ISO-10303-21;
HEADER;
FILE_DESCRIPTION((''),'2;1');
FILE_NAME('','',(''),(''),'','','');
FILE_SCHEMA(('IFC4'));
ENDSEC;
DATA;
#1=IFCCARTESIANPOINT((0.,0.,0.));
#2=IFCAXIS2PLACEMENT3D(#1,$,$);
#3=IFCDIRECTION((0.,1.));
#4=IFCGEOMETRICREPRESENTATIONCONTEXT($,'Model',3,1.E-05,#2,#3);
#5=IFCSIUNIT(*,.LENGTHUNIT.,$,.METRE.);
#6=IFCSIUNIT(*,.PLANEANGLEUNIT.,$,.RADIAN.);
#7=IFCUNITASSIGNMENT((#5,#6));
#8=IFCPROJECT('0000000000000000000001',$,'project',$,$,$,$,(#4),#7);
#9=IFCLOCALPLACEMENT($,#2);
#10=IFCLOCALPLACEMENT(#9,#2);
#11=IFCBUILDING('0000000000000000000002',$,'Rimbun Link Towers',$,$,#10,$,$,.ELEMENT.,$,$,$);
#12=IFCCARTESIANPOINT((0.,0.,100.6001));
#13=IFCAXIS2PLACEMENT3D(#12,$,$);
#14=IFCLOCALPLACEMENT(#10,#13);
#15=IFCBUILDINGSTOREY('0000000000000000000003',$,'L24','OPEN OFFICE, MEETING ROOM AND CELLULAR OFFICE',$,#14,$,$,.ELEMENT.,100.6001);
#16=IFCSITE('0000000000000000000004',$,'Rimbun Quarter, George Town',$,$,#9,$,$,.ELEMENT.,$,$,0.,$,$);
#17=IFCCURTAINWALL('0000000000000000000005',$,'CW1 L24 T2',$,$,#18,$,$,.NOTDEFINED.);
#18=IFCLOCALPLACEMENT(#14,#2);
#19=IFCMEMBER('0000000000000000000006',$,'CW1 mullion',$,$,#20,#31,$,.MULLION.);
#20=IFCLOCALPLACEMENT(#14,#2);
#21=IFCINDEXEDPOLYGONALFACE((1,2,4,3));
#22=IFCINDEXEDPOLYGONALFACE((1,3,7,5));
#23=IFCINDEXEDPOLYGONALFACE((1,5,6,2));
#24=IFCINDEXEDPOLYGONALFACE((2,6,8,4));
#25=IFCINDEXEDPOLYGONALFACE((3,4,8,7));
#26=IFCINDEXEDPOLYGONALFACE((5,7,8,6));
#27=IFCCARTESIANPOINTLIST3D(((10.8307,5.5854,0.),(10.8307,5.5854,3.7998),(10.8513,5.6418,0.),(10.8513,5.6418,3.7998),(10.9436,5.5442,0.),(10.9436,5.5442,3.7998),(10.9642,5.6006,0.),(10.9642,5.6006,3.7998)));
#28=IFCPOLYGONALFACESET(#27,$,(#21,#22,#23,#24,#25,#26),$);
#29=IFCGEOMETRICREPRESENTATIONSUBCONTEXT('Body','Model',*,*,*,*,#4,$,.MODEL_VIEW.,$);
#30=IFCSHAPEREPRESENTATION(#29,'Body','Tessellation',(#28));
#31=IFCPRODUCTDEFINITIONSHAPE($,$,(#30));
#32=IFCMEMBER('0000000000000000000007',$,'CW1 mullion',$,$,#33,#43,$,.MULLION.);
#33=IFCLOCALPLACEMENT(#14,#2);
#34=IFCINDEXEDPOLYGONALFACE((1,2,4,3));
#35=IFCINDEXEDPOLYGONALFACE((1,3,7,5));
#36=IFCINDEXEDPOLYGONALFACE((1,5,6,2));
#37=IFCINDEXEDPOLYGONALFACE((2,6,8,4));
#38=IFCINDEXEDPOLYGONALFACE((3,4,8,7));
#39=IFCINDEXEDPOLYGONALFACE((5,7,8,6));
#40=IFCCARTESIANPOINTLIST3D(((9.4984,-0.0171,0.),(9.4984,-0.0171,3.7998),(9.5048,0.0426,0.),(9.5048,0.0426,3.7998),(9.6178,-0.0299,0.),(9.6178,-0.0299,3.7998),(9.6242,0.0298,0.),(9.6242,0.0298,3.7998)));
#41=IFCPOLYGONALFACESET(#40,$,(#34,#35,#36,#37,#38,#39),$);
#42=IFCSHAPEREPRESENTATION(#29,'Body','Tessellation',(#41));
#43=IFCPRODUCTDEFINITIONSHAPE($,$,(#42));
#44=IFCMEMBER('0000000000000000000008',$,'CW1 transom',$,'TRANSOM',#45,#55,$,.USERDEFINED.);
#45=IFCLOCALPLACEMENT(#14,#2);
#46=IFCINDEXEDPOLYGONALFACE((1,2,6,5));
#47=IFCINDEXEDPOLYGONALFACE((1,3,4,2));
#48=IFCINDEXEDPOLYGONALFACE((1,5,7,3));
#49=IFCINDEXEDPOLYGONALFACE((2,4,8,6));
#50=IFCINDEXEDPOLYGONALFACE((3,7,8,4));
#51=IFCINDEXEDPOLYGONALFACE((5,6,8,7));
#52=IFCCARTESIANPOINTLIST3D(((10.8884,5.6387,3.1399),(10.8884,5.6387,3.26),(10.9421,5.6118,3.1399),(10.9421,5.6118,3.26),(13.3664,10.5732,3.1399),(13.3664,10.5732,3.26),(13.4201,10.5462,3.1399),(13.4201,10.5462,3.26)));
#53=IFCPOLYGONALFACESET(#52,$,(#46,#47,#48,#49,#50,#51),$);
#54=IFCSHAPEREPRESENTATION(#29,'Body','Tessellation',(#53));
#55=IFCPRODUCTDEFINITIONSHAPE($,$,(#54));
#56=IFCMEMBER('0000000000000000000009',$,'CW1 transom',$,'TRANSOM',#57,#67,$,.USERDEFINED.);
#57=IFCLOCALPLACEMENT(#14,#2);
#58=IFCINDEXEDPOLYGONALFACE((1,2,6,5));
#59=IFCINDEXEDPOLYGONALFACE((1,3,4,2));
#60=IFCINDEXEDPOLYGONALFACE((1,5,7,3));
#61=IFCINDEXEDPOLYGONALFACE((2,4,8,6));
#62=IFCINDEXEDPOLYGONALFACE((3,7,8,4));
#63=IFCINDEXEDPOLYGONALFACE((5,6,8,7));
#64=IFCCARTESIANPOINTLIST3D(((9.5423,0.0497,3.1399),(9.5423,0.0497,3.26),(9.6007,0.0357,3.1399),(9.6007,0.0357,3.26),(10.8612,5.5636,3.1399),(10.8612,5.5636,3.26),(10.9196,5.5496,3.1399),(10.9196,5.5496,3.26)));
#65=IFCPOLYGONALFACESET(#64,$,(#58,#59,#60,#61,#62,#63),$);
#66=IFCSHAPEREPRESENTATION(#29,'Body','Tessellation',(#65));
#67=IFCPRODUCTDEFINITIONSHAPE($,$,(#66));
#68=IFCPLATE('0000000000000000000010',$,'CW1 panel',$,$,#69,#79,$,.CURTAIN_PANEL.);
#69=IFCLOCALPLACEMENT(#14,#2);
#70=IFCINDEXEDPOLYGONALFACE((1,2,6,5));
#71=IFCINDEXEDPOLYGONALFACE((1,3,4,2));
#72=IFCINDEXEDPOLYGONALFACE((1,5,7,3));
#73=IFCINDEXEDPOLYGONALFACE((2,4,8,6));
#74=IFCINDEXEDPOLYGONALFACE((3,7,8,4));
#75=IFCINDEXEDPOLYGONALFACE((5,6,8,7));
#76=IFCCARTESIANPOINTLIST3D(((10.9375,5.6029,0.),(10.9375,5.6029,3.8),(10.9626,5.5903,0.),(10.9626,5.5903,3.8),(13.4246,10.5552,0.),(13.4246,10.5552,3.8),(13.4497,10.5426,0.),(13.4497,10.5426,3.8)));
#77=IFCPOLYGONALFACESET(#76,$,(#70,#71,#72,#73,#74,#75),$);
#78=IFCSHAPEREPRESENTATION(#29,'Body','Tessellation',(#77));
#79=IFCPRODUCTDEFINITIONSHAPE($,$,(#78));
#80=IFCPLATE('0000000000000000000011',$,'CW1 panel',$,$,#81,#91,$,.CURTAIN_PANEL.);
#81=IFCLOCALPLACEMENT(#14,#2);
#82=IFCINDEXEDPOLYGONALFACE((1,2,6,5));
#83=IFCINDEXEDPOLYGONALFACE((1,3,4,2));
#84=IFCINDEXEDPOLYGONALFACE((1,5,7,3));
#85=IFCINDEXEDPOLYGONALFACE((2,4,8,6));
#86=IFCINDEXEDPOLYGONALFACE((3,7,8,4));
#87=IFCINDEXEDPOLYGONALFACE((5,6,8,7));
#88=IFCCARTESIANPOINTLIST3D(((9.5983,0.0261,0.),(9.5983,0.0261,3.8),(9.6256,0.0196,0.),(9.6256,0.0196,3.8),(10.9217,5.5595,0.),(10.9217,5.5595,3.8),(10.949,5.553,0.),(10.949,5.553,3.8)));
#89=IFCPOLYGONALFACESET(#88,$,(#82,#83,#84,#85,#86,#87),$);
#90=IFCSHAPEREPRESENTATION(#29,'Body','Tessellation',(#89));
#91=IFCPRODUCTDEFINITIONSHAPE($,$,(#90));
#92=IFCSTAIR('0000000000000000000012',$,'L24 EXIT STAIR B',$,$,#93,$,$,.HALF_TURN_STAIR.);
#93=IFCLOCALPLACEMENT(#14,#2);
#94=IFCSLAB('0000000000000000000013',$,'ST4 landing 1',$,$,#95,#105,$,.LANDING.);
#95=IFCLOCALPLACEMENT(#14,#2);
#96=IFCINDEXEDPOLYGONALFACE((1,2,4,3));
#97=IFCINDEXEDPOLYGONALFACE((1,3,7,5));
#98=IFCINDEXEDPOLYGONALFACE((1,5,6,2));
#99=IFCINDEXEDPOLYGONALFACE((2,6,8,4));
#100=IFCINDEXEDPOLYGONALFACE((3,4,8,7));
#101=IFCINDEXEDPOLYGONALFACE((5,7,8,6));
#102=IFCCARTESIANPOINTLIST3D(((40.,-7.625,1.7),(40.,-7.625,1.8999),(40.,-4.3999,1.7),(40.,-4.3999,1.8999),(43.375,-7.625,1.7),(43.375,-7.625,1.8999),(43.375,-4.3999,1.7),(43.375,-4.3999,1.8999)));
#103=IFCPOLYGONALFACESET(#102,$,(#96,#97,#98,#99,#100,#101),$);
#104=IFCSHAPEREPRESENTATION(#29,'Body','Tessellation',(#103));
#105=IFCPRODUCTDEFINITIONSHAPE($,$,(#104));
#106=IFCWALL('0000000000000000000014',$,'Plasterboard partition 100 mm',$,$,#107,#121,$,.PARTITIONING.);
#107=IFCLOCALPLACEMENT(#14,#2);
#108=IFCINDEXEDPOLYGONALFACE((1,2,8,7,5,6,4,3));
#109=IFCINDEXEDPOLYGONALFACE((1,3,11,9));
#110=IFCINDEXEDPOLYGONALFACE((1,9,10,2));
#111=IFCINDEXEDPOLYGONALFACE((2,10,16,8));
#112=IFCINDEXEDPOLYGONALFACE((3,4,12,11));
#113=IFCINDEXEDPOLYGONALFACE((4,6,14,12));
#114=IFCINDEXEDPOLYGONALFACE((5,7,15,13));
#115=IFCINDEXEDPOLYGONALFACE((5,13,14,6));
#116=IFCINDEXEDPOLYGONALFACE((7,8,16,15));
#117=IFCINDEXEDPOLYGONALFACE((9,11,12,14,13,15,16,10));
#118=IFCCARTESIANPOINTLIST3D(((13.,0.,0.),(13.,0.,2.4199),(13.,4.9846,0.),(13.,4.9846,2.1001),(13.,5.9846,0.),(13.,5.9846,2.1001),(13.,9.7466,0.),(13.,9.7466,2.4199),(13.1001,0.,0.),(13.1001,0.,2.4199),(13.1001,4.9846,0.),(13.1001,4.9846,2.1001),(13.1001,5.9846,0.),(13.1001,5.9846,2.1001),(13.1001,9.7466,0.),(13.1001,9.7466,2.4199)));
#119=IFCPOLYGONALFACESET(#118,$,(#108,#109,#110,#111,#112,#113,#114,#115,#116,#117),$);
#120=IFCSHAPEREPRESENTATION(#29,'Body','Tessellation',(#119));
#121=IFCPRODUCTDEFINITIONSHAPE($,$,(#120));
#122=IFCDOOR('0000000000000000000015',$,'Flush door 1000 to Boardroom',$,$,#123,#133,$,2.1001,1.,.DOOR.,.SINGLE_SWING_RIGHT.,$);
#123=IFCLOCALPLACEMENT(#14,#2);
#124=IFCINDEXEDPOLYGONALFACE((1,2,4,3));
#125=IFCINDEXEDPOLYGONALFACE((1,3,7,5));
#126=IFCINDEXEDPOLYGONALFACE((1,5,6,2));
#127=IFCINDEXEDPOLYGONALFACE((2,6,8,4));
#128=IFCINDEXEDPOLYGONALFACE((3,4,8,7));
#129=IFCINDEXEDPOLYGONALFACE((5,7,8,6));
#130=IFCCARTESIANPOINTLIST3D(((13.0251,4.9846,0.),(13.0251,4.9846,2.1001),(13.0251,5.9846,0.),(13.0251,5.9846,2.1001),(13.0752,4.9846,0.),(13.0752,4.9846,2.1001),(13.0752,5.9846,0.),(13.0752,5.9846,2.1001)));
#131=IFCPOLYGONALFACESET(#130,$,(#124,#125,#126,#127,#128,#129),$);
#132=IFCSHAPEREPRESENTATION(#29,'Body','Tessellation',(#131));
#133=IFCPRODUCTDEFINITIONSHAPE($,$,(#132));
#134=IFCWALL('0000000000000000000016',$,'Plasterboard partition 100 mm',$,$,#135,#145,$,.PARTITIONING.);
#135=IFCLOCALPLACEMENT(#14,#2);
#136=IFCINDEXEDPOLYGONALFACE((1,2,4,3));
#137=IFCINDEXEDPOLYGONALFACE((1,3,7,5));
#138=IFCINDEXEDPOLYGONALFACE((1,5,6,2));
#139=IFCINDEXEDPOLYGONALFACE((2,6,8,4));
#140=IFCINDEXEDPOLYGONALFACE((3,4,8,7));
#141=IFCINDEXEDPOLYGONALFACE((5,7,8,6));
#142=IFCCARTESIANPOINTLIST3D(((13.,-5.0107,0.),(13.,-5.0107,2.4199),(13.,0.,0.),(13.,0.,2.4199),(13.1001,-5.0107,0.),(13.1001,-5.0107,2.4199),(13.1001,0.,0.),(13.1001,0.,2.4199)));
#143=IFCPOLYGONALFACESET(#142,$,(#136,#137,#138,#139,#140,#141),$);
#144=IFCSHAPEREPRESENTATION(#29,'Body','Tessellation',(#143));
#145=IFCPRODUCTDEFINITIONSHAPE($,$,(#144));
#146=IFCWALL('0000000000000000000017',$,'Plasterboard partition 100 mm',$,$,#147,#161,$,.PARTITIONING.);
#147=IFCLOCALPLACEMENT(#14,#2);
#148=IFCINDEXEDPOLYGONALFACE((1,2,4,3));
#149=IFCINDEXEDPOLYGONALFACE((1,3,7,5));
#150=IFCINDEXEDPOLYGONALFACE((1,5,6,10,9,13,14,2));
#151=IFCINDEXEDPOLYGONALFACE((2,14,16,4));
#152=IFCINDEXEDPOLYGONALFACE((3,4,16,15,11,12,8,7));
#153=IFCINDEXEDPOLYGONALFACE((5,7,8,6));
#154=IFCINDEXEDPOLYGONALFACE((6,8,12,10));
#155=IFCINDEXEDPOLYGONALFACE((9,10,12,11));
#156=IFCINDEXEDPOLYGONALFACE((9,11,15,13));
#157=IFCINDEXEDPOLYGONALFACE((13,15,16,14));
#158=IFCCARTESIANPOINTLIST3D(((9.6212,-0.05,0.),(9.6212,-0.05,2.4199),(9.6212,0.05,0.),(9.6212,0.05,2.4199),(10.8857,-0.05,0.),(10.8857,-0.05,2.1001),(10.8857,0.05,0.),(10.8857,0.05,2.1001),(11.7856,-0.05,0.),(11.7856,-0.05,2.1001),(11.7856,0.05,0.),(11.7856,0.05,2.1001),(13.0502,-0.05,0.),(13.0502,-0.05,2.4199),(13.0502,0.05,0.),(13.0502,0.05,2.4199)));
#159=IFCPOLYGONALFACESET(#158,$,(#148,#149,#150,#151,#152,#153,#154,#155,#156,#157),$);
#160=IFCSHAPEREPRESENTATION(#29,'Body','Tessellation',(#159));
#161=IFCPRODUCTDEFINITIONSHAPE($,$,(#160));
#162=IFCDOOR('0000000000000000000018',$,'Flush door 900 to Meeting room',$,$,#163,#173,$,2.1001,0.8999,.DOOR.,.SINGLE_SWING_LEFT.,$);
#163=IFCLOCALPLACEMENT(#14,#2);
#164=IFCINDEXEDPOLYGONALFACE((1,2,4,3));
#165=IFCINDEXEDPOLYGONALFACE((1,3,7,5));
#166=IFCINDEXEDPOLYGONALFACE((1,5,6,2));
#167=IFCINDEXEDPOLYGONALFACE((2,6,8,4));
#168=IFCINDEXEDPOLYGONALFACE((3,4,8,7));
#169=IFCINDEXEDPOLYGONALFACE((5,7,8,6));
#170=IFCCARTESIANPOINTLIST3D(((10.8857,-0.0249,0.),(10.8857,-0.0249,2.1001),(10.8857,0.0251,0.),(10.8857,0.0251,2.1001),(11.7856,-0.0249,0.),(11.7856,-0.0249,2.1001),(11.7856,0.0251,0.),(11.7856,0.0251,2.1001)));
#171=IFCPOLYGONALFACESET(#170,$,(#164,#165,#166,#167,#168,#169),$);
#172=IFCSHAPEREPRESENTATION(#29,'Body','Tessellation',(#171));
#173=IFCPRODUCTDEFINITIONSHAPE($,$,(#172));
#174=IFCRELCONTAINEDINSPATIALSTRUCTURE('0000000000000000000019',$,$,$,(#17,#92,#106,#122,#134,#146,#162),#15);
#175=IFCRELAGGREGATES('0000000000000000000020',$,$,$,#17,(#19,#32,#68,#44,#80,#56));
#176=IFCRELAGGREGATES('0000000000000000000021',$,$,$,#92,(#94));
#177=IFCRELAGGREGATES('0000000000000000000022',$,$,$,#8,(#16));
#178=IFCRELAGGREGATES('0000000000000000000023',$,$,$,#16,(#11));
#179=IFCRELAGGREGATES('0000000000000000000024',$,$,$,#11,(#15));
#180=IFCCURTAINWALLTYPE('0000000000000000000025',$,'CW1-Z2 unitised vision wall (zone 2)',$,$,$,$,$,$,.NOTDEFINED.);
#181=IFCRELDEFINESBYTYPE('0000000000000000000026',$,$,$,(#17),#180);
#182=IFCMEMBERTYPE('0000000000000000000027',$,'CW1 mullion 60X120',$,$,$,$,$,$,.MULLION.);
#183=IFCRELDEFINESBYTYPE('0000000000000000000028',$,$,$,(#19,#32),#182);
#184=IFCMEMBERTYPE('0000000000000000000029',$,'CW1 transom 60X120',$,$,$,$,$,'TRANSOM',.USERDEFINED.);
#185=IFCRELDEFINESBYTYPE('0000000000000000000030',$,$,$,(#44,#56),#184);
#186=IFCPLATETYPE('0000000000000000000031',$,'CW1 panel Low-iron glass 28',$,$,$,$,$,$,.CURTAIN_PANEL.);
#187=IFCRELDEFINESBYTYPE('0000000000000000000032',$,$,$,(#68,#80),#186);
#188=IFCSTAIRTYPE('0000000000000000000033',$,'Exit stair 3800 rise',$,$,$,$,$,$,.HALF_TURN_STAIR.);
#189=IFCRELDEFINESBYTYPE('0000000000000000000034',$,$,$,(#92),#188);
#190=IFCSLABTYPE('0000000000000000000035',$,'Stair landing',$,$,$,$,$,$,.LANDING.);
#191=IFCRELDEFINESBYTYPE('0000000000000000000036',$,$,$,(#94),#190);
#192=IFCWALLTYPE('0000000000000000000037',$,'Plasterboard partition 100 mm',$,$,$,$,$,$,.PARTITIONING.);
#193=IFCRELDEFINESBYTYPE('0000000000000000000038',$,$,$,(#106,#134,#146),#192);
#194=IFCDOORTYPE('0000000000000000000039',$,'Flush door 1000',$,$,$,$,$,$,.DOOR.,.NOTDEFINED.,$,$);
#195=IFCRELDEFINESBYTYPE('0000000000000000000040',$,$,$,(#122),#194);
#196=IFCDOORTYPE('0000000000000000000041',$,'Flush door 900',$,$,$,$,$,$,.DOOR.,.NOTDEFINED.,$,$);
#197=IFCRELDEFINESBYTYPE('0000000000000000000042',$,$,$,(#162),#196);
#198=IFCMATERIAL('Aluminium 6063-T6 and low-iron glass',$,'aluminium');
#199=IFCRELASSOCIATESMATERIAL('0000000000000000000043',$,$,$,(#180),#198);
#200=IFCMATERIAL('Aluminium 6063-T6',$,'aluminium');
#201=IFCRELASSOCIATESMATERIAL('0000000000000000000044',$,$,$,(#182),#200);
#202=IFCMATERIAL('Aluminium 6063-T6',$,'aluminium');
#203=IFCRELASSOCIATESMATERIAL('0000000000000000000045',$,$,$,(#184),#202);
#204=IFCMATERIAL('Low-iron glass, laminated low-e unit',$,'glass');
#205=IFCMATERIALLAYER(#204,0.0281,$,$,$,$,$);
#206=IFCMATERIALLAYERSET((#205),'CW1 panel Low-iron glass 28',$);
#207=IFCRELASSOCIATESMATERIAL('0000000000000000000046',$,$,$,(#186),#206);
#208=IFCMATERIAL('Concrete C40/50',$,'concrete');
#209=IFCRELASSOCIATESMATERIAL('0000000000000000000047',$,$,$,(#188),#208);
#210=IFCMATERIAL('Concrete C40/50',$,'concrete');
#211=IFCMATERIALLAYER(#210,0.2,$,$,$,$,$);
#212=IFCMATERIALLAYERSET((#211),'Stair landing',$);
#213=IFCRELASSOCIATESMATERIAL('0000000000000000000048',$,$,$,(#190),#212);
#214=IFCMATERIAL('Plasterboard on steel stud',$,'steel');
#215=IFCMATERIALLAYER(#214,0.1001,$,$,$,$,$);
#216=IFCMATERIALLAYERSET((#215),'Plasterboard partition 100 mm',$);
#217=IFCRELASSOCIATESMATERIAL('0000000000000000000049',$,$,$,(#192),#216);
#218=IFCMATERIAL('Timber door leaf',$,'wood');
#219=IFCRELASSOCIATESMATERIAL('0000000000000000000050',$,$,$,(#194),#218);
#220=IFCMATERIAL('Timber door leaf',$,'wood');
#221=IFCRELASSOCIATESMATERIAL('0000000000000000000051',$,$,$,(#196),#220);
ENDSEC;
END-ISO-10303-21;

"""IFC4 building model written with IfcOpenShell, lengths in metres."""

from ifc_helpers import new_model, si_unit, direction, frame, frame_2d, origin, origin_2d, place, context, subcontext, project, spatial, polyline, rectangle, outline, extrude, material, layer, layer_set, material_profile, profile_set, type_object, element, fill, aggregate, save


model = new_model("IFC4")

# Units and contexts
model_context = context("Model", 3, precision=1e-05, world=origin(), true_north=direction((0.0, 1.0)))
body_context = subcontext(model_context, "Body", "Model", "MODEL_VIEW")
ifc_project = project(units=[si_unit("LENGTHUNIT", "METRE"), si_unit("PLANEANGLEUNIT", "RADIAN")], contexts=[model_context])

# Site, building, storey
site_placement = place(None, origin())
site = spatial("IfcSite", under=ifc_project, at=site_placement, Name="Rimbun Quarter, George Town", CompositionType="ELEMENT", RefElevation=0.0)
building_placement = place(site_placement, origin())
building = spatial("IfcBuilding", under=site, at=building_placement, Name="Rimbun Link Towers", CompositionType="ELEMENT")
storey_placement = place(building_placement, frame((0.0, 0.0, 100.6001)))
storey = spatial("IfcBuildingStorey", under=building, at=storey_placement, Name="L24", Description="OPEN OFFICE, MEETING ROOM AND CELLULAR OFFICE", CompositionType="ELEMENT", Elevation=100.6001)

# Curtain wall, members
ifc_material_1 = material(Name="Aluminium 6063-T6 and low-iron glass", Category="aluminium")
curtain_wall_type = type_object("IfcCurtainWallType", Name="CW1-Z2 unitised vision wall (zone 2)", PredefinedType="NOTDEFINED", material=ifc_material_1)
curtain_wall_placement = place(storey_placement, origin())
curtain_wall = element("IfcCurtainWall", 1, at=curtain_wall_placement, inside=storey, type_object=curtain_wall_type, Name="CW1 L24 T2", PredefinedType="NOTDEFINED")
ifc_material_2 = material(Name="Aluminium 6063-T6", Category="aluminium")
ifc_material_profile_1 = material_profile(ifc_material_2, rectangle(XDim=0.1201, YDim=0.0601, at=origin_2d()), Name="MULLION 60X120")
ifc_profile_set_1 = profile_set([ifc_material_profile_1], Name="Aluminium 6063-T6")
member_type_1 = type_object("IfcMemberType", Name="CW1 mullion 60X120", PredefinedType="MULLION", material=ifc_profile_set_1)
member_1_placement = place(storey_placement, frame((10.8975, 5.593, 0.0), z_axis=(0.0, 0.0, 1.0), x_axis=(-0.939346, 0.34297, 0.0)))
member_1 = element("IfcMember", 2, at=member_1_placement, type_object=member_type_1, Name="CW1 mullion", PredefinedType="MULLION", context=body_context, shape_type="SweptSolid", body=[
    extrude(rectangle(XDim=0.1201, YDim=0.0601, at=origin_2d()), origin(), (0.0, 0.0, 1.0), 3.7998),
])
member_2_placement = place(storey_placement, frame((9.5613, 0.0063, 0.0), z_axis=(0.0, 0.0, 1.0), x_axis=(-0.994297, 0.106642, 0.0)))
member_2 = element("IfcMember", 3, at=member_2_placement, type_object=member_type_1, Name="CW1 mullion", PredefinedType="MULLION", context=body_context, shape_type="SweptSolid", body=[
    extrude(rectangle(XDim=0.1201, YDim=0.0601, at=origin_2d()), origin(), (0.0, 0.0, 1.0), 3.7998),
])
ifc_material_3 = material(Name="Aluminium 6063-T6", Category="aluminium")
ifc_material_profile_2 = material_profile(ifc_material_3, rectangle(XDim=0.0601, YDim=0.1201, at=origin_2d()), Name="TRANSOM 60X120")
ifc_profile_set_2 = profile_set([ifc_material_profile_2], Name="Aluminium 6063-T6")
member_type_2 = type_object("IfcMemberType", Name="CW1 transom 60X120", ElementType="TRANSOM", PredefinedType="USERDEFINED", material=ifc_profile_set_2)
member_3_placement = place(storey_placement, frame((10.9153, 5.6252, 3.2), z_axis=(0.448769, 0.893648, 0.0), x_axis=(-0.893648, 0.448769, 0.0)))
member_3 = element("IfcMember", 4, at=member_3_placement, type_object=member_type_2, Name="CW1 transom", ObjectType="TRANSOM", PredefinedType="USERDEFINED", context=body_context, shape_type="SweptSolid", body=[
    extrude(rectangle(XDim=0.0601, YDim=0.1201, at=origin_2d()), origin(), (0.0, 0.0, 1.0), 5.5217),
])
member_4_placement = place(storey_placement, frame((9.5715, 0.0427, 3.2), z_axis=(0.232624, 0.972567, 0.0), x_axis=(-0.972567, 0.232624, 0.0)))
member_4 = element("IfcMember", 5, at=member_4_placement, type_object=member_type_2, Name="CW1 transom", ObjectType="TRANSOM", PredefinedType="USERDEFINED", context=body_context, shape_type="SweptSolid", body=[
    extrude(rectangle(XDim=0.0601, YDim=0.1201, at=origin_2d()), origin(), (0.0, 0.0, 1.0), 5.6694),
])

# Plates
ifc_material_4 = material(Name="Low-iron glass, laminated low-e unit", Category="glass")
ifc_layer_1 = layer(ifc_material_4, 0.0281)
ifc_layer_set_1 = layer_set([ifc_layer_1], Name="CW1 panel Low-iron glass 28")
plate_type = type_object("IfcPlateType", Name="CW1 panel Low-iron glass 28", PredefinedType="CURTAIN_PANEL", material=ifc_layer_set_1)
plate_1_placement = place(storey_placement, frame((12.1936, 8.0728, 0.0), z_axis=(0.0, 0.0, 1.0), x_axis=(0.448782, 0.893641, 0.0)))
plate_1 = element("IfcPlate", 6, at=plate_1_placement, type_object=plate_type, Name="CW1 panel", PredefinedType="CURTAIN_PANEL", context=body_context, shape_type="SweptSolid", body=[
    extrude(rectangle(XDim=5.5417, YDim=0.0281, at=origin_2d()), origin(), (0.0, 0.0, 1.0), 3.8),
])
plate_2_placement = place(storey_placement, frame((10.2737, 2.7896, 0.0), z_axis=(0.0, 0.0, 1.0), x_axis=(0.232601, 0.972572, 0.0)))
plate_2 = element("IfcPlate", 7, at=plate_2_placement, type_object=plate_type, Name="CW1 panel", PredefinedType="CURTAIN_PANEL", context=body_context, shape_type="SweptSolid", body=[
    extrude(rectangle(XDim=5.6895, YDim=0.0281, at=origin_2d()), origin(), (0.0, 0.0, 1.0), 3.8),
])
aggregate(curtain_wall, [member_1, member_2, plate_1, member_3, plate_2, member_4])

# Stair, slab
ifc_material_5 = material(Name="Concrete C40/50", Category="concrete")
stair_type = type_object("IfcStairType", Name="Exit stair 3800 rise", PredefinedType="HALF_TURN_STAIR", material=ifc_material_5)
stair_placement = place(storey_placement, origin())
stair = element("IfcStair", 8, at=stair_placement, inside=storey, type_object=stair_type, Name="L24 EXIT STAIR B", PredefinedType="HALF_TURN_STAIR")
ifc_material_6 = material(Name="Concrete C40/50", Category="concrete")
ifc_layer_2 = layer(ifc_material_6, 0.2)
ifc_layer_set_2 = layer_set([ifc_layer_2], Name="Stair landing")
slab_type = type_object("IfcSlabType", Name="Stair landing", PredefinedType="LANDING", material=ifc_layer_set_2)
slab_placement = place(storey_placement, frame((0.0, 0.0, 1.7)))
slab = element("IfcSlab", 9, at=slab_placement, type_object=slab_type, Name="ST4 landing 1", PredefinedType="LANDING", context=body_context, shape_type="SweptSolid", body=[
    extrude(outline(polyline([(40.0, -7.625), (43.375, -7.625), (43.375, -4.3999), (40.0, -4.3999), (40.0, -7.625)])), origin(), (0.0, 0.0, 1.0), 0.2),
])
aggregate(stair, [slab])

# Wall, opening, door
ifc_material_7 = material(Name="Plasterboard on steel stud", Category="steel")
ifc_layer_3 = layer(ifc_material_7, 0.1001)
ifc_layer_set_3 = layer_set([ifc_layer_3], Name="Plasterboard partition 100 mm")
wall_type = type_object("IfcWallType", Name="Plasterboard partition 100 mm", PredefinedType="PARTITIONING", material=ifc_layer_set_3)
wall_1_placement = place(storey_placement, frame((13.05, 0.0, 0.0), z_axis=(0.0, 0.0, 1.0), x_axis=(0.0, 1.0, 0.0)))
wall_1 = element("IfcWall", 10, at=wall_1_placement, inside=storey, type_object=wall_type, Name="Plasterboard partition 100 mm", PredefinedType="PARTITIONING", context=body_context, shape_type="SweptSolid", body=[
    extrude(rectangle(XDim=9.7466, YDim=0.1001, at=frame_2d((4.8733, 0.0))), origin(), (0.0, 0.0, 1.0), 2.4199),
])
opening_1_placement = place(wall_1_placement, frame((4.9846, 0.0, 0.0)))
opening_1 = element("IfcOpeningElement", 11, at=opening_1_placement, cuts=wall_1, PredefinedType="OPENING", context=body_context, shape_type="SweptSolid", body=[
    extrude(rectangle(XDim=1.0, YDim=2.1001, at=frame_2d((0.5, 1.05))), frame((0.0, 0.0601, 0.0), z_axis=(0.0, -1.0, 0.0), x_axis=(1.0, 0.0, 0.0)), (0.0, 0.0, 1.0), 0.1201),
])
ifc_material_8 = material(Name="Timber door leaf", Category="wood")
door_type_1 = type_object("IfcDoorType", Name="Flush door 1000", OperationType="NOTDEFINED", PredefinedType="DOOR", material=ifc_material_8)
door_1_placement = place(opening_1_placement, origin())
door_1 = element("IfcDoor", 12, at=door_1_placement, inside=storey, type_object=door_type_1, Name="Flush door 1000 to Boardroom", OperationType="SINGLE_SWING_RIGHT", OverallHeight=2.1001, OverallWidth=1.0, PredefinedType="DOOR", context=body_context, shape_type="SweptSolid", body=[
    extrude(rectangle(XDim=1.0, YDim=2.1001, at=frame_2d((0.5, 1.05))), frame((0.0, 0.0249, 0.0), z_axis=(0.0, -1.0, 0.0), x_axis=(1.0, 0.0, 0.0)), (0.0, 0.0, 1.0), 0.05),
])
fill(opening_1, door_1)

# Wall
wall_2_placement = place(storey_placement, frame((13.05, 0.0, 0.0), z_axis=(0.0, 0.0, 1.0), x_axis=(0.0, -1.0, 0.0)))
element("IfcWall", 13, at=wall_2_placement, inside=storey, type_object=wall_type, Name="Plasterboard partition 100 mm", PredefinedType="PARTITIONING", context=body_context, shape_type="SweptSolid", body=[
    extrude(rectangle(XDim=5.0107, YDim=0.1001, at=frame_2d((2.5054, 0.0))), origin(), (0.0, 0.0, 1.0), 2.4199),
])

# Wall, opening, door
wall_3_placement = place(storey_placement, frame((13.05, 0.0, 0.0), z_axis=(0.0, 0.0, 1.0), x_axis=(-1.0, 0.0, 0.0)))
wall_3 = element("IfcWall", 14, at=wall_3_placement, inside=storey, type_object=wall_type, Name="Plasterboard partition 100 mm", PredefinedType="PARTITIONING", context=body_context, shape_type="SweptSolid", body=[
    extrude(rectangle(XDim=3.429, YDim=0.1001, at=frame_2d((1.7144, 0.0))), origin(), (0.0, 0.0, 1.0), 2.4199),
])
opening_2_placement = place(wall_3_placement, frame((1.2644, 0.0, 0.0)))
opening_2 = element("IfcOpeningElement", 15, at=opening_2_placement, cuts=wall_3, PredefinedType="OPENING", context=body_context, shape_type="SweptSolid", body=[
    extrude(rectangle(XDim=0.8999, YDim=2.1001, at=frame_2d((0.45, 1.05))), frame((0.0, 0.0601, 0.0), z_axis=(0.0, -1.0, 0.0), x_axis=(1.0, 0.0, 0.0)), (0.0, 0.0, 1.0), 0.1201),
])
ifc_material_9 = material(Name="Timber door leaf", Category="wood")
door_type_2 = type_object("IfcDoorType", Name="Flush door 900", OperationType="NOTDEFINED", PredefinedType="DOOR", material=ifc_material_9)
door_2_placement = place(opening_2_placement, origin())
door_2 = element("IfcDoor", 16, at=door_2_placement, inside=storey, type_object=door_type_2, Name="Flush door 900 to Meeting room", OperationType="SINGLE_SWING_LEFT", OverallHeight=2.1001, OverallWidth=0.8999, PredefinedType="DOOR", context=body_context, shape_type="SweptSolid", body=[
    extrude(rectangle(XDim=0.8999, YDim=2.1001, at=frame_2d((0.45, 1.05))), frame((0.0, 0.0249, 0.0), z_axis=(0.0, -1.0, 0.0), x_axis=(1.0, 0.0, 0.0)), (0.0, 0.0, 1.0), 0.05),
])
fill(opening_2, door_2)

save(model, "model.ifc")
